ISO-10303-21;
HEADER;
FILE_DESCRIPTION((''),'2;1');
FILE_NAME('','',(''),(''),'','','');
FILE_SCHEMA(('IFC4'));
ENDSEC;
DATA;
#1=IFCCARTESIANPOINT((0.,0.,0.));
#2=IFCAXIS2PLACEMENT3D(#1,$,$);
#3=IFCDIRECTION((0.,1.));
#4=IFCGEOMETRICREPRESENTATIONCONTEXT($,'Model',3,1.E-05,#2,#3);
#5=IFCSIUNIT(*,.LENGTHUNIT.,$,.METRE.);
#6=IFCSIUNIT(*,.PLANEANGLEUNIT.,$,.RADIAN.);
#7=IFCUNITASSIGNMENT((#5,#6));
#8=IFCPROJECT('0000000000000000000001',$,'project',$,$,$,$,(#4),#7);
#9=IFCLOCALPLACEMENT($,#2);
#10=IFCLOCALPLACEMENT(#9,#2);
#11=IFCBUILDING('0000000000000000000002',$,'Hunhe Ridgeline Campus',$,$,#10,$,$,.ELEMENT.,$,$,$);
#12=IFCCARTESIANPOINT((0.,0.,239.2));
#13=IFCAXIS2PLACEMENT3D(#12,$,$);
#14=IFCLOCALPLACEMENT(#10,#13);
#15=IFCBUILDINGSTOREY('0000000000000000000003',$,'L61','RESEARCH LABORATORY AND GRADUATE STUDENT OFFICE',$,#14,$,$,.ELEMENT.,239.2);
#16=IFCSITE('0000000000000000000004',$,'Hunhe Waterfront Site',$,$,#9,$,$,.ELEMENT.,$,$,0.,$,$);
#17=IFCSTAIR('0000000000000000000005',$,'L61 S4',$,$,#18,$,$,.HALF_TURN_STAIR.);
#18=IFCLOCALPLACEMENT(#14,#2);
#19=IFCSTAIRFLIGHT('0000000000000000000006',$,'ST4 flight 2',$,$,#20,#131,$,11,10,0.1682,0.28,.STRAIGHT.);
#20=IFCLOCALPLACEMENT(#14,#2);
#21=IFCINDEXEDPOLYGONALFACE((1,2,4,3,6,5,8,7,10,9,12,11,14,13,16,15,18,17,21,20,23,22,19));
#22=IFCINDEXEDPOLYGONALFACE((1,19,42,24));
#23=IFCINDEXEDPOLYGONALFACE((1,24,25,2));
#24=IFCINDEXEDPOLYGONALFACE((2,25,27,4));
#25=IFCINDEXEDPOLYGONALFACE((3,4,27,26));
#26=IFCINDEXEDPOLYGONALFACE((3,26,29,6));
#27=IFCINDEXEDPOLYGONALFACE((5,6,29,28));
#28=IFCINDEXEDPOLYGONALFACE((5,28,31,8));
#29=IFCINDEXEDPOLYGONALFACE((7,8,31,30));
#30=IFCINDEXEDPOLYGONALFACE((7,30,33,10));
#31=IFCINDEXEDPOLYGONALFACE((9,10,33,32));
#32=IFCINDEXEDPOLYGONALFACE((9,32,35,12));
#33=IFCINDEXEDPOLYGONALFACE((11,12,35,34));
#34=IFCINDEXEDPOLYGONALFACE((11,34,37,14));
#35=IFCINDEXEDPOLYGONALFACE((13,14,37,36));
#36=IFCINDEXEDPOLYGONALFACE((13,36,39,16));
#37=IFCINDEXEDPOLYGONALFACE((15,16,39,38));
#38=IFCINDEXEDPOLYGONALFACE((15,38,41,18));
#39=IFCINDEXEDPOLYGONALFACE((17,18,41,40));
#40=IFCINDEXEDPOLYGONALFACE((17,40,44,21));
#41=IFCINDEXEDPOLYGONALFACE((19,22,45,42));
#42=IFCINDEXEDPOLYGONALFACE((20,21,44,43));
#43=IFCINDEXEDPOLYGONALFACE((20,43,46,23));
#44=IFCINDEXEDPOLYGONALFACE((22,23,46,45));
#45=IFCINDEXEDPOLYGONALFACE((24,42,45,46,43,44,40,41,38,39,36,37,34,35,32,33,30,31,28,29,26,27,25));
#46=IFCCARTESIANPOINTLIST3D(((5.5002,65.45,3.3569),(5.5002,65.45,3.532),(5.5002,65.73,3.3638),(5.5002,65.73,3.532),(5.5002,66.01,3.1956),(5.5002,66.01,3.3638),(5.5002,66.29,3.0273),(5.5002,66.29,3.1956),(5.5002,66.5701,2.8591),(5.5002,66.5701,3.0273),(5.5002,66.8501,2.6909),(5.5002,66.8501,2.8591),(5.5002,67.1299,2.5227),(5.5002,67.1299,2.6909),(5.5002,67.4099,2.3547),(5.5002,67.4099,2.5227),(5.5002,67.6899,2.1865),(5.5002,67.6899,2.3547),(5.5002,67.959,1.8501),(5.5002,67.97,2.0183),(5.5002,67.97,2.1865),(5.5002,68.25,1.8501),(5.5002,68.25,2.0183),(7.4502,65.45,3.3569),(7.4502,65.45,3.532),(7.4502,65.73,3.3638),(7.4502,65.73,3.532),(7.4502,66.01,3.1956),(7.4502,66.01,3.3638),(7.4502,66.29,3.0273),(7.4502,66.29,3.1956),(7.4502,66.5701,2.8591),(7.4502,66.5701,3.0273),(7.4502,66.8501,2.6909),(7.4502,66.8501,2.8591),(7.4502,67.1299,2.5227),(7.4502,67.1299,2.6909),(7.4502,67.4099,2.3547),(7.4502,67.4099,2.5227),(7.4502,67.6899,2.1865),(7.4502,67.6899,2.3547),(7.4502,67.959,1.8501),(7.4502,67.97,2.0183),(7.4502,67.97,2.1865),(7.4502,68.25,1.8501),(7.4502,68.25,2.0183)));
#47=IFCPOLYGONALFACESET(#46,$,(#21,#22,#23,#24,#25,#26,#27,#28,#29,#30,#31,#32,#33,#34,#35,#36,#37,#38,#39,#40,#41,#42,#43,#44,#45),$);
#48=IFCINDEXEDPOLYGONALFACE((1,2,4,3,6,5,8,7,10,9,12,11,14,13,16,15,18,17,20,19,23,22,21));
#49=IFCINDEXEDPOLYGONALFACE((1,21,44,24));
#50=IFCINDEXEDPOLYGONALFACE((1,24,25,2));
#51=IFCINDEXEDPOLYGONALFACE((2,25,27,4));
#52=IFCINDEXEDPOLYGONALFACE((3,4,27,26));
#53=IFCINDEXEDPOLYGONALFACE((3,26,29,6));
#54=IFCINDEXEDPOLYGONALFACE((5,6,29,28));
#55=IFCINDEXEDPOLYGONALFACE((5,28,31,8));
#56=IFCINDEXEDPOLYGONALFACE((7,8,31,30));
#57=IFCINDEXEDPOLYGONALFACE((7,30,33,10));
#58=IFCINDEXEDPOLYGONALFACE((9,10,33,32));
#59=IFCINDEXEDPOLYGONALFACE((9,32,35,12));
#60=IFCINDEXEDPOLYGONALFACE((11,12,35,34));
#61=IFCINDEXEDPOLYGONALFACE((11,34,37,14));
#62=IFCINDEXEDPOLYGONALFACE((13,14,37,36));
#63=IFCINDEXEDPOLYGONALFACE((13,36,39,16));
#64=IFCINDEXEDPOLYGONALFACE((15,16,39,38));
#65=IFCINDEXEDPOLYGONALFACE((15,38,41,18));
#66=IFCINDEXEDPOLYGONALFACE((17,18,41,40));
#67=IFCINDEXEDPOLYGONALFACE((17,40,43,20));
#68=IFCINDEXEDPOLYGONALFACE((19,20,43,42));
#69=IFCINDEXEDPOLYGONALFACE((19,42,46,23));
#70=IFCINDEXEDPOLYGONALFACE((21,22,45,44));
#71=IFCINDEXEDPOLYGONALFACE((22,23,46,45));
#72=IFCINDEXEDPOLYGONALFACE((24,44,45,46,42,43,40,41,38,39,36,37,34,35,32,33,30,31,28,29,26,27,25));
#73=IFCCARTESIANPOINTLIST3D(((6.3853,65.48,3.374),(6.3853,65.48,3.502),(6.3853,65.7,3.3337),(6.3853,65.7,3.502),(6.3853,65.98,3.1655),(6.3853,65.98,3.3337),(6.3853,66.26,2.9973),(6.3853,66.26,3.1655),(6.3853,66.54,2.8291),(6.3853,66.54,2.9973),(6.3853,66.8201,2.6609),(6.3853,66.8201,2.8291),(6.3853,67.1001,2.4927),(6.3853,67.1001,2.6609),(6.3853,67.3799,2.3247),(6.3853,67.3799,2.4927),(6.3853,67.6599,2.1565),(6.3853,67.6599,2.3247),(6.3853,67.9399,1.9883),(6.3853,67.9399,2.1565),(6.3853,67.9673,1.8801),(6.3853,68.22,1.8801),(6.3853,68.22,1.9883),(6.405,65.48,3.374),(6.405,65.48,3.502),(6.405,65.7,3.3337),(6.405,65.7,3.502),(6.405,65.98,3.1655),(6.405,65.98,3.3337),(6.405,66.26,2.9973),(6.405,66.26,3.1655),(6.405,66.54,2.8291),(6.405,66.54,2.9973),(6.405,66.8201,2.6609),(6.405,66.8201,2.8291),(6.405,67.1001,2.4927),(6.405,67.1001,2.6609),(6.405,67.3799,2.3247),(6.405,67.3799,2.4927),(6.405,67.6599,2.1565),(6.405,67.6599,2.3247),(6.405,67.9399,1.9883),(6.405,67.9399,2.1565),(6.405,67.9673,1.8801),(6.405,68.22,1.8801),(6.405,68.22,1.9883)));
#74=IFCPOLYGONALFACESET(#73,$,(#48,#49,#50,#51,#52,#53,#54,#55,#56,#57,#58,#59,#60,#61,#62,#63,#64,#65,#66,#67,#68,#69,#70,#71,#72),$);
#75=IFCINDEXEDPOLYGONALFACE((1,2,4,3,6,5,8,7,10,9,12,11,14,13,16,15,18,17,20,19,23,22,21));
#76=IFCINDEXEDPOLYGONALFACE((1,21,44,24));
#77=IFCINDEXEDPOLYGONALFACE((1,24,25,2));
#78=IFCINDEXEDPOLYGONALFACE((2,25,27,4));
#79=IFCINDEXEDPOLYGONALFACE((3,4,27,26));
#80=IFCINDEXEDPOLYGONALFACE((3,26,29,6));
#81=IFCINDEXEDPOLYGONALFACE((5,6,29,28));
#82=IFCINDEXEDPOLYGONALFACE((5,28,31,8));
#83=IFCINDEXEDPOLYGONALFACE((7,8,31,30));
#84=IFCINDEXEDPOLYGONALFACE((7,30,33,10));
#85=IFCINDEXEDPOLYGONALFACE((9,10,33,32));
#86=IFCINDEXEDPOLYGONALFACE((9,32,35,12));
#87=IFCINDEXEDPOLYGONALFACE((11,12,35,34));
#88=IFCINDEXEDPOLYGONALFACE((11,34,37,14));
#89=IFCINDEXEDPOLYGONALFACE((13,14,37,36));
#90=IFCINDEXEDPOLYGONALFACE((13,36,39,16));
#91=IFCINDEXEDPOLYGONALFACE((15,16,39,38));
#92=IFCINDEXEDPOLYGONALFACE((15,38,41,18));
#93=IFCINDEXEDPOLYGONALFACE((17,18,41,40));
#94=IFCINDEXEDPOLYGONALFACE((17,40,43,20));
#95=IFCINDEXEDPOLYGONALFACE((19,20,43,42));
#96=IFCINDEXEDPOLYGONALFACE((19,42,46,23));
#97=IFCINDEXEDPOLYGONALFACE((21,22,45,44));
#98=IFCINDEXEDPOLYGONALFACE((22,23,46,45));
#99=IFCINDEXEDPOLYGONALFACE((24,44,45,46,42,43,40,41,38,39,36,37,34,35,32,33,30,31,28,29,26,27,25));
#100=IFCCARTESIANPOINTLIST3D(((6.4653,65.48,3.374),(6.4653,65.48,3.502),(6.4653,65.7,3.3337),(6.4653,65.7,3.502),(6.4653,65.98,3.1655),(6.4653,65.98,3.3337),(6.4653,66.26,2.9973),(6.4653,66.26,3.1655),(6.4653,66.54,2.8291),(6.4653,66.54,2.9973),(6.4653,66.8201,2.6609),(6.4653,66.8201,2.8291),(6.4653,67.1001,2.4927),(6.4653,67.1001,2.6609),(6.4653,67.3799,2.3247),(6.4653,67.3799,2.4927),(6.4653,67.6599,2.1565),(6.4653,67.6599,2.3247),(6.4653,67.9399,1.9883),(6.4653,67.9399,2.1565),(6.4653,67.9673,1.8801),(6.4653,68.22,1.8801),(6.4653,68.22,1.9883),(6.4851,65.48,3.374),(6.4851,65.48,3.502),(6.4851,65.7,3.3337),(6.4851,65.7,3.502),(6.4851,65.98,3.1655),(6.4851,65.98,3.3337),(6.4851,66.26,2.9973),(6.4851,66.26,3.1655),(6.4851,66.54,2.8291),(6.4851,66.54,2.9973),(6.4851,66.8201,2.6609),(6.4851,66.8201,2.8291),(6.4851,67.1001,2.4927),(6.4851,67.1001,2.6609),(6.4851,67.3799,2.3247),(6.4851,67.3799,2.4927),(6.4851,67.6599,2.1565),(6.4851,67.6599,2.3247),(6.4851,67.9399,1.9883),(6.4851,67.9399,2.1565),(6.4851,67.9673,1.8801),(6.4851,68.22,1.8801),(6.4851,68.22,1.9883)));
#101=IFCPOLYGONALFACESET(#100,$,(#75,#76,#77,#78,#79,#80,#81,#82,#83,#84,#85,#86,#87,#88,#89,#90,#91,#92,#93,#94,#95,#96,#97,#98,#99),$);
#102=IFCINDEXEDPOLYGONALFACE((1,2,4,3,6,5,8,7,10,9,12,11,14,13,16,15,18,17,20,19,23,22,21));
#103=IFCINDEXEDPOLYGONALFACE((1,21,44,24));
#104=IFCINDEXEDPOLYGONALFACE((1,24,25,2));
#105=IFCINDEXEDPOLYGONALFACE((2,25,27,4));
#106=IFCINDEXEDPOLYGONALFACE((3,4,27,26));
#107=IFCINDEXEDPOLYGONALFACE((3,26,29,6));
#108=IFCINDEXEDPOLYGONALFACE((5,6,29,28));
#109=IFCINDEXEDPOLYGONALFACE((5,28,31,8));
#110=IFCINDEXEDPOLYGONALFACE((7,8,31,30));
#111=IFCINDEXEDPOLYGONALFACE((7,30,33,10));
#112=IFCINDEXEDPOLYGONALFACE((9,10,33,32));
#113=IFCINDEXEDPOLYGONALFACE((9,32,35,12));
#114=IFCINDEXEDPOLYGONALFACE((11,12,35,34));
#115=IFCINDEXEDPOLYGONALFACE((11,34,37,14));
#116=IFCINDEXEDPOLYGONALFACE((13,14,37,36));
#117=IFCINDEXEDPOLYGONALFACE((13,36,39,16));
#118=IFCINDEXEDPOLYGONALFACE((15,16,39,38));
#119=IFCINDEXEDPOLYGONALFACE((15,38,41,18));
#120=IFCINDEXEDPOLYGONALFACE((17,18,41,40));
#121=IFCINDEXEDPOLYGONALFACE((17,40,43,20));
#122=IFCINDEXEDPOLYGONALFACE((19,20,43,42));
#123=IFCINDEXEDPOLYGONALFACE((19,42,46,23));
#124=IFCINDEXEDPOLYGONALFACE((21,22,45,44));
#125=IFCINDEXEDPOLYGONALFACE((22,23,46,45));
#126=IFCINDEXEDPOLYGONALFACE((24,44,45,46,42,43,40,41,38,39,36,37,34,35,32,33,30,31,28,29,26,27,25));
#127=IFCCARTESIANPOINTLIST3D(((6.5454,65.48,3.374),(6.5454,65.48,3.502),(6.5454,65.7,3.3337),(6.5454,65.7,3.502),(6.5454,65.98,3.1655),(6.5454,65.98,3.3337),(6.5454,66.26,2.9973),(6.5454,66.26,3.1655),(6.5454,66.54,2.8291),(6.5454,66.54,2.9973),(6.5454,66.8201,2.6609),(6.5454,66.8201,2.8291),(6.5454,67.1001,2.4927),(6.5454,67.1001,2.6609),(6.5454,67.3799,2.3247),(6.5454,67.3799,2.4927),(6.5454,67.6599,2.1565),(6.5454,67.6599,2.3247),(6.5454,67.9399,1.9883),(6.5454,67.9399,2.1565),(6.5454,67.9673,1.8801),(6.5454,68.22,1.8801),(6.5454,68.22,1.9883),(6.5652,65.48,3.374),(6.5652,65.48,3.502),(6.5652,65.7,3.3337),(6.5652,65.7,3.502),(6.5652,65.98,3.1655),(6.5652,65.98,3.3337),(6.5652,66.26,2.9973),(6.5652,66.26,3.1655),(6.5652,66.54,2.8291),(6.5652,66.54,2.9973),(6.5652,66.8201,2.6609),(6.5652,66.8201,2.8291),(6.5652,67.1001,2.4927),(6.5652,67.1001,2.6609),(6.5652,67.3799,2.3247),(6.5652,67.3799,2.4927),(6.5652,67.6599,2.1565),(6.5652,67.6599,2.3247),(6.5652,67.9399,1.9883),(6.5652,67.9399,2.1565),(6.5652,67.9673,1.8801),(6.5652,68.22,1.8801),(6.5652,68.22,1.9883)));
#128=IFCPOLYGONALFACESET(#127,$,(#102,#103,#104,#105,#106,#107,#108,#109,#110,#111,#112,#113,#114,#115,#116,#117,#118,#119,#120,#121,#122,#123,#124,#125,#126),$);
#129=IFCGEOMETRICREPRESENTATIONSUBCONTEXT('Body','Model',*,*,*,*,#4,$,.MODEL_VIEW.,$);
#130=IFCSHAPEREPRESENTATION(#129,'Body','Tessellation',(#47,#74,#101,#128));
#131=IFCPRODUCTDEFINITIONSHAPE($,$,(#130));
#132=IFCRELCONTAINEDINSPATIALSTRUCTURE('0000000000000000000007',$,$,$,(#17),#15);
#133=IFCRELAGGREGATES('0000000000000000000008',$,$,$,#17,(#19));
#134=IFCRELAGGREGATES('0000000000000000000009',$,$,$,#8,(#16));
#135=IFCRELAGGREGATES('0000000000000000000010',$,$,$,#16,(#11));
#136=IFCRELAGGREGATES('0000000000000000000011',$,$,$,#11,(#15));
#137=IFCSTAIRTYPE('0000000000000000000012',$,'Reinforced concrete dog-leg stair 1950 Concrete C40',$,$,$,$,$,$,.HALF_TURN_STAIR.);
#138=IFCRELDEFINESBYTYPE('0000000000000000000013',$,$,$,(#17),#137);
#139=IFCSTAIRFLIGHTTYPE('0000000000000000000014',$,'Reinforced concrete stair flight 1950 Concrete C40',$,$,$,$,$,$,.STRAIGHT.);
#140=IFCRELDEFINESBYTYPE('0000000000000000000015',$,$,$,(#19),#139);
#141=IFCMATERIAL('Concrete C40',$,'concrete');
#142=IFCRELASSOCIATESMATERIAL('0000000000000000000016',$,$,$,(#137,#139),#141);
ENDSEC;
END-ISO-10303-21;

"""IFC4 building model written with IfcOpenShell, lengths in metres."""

from ifc_helpers import new_model, si_unit, direction, frame, origin, place, context, subcontext, project, spatial, polyline, outline, extrude, material, type_object, element, aggregate, save


model = new_model("IFC4")

# Units and contexts
model_context = context("Model", 3, precision=1e-05, world=origin(), true_north=direction((0.0, 1.0)))
body_context = subcontext(model_context, "Body", "Model", "MODEL_VIEW")
ifc_project = project(units=[si_unit("LENGTHUNIT", "METRE"), si_unit("PLANEANGLEUNIT", "RADIAN")], contexts=[model_context])

# Site, building, storey
site_placement = place(None, origin())
site = spatial("IfcSite", under=ifc_project, at=site_placement, Name="Hunhe Waterfront Site", CompositionType="ELEMENT", RefElevation=0.0)
building_placement = place(site_placement, origin())
building = spatial("IfcBuilding", under=site, at=building_placement, Name="Hunhe Ridgeline Campus", CompositionType="ELEMENT")
storey_placement = place(building_placement, frame((0.0, 0.0, 239.2)))
storey = spatial("IfcBuildingStorey", under=building, at=storey_placement, Name="L61", Description="RESEARCH LABORATORY AND GRADUATE STUDENT OFFICE", CompositionType="ELEMENT", Elevation=239.2)

# Stair, stair flight
ifc_material_1 = material(Name="Concrete C40", Category="concrete")
stair_type = type_object("IfcStairType", Name="Reinforced concrete dog-leg stair 1950 Concrete C40", PredefinedType="HALF_TURN_STAIR", material=ifc_material_1)
stair_flight_type = type_object("IfcStairFlightType", Name="Reinforced concrete stair flight 1950 Concrete C40", PredefinedType="STRAIGHT", material=ifc_material_1)
stair_1_placement = place(storey_placement, origin())
stair_1 = element("IfcStair", 1, at=stair_1_placement, inside=storey, type_object=stair_type, Name="L61 S4", PredefinedType="HALF_TURN_STAIR")
stair_flight_1_placement = place(storey_placement, frame((6.4751, 68.25, 1.8501), z_axis=(0.0, 0.0, 1.0), x_axis=(0.0, -1.0, 0.0)))
stair_flight_1 = element("IfcStairFlight", 2, at=stair_flight_1_placement, type_object=stair_flight_type, Name="ST4 flight 2", NumberOfRisers=11, NumberOfTreads=10, PredefinedType="STRAIGHT", RiserHeight=0.1682, TreadLength=0.28, context=body_context, shape_type="SweptSolid", body=[
    extrude(outline(polyline([(0.0, 0.0), (0.0, 0.1682), (0.28, 0.1682), (0.28, 0.3364), (0.5601, 0.3364), (0.5601, 0.5046), (0.8401, 0.5046), (0.8401, 0.6726), (1.1201, 0.6726), (1.1201, 0.8408), (1.3999, 0.8408), (1.3999, 1.009), (1.6799, 1.009), (1.6799, 1.1772), (1.96, 1.1772), (1.96, 1.3455), (2.24, 1.3455), (2.24, 1.5137), (2.52, 1.5137), (2.52, 1.6819), (2.8, 1.6819), (2.8, 1.8501), (2.8, 1.5068), (0.291, 0.0), (0.0, 0.0)])), frame((0.0, 0.9751, 0.0), z_axis=(0.0, -1.0, 0.0), x_axis=(1.0, 0.0, 0.0)), (0.0, 0.0, 1.0), 1.95),
    extrude(outline(polyline([(0.03, 0.03), (0.03, 0.1382), (0.3101, 0.1382), (0.3101, 0.3064), (0.5901, 0.3064), (0.5901, 0.4746), (0.8701, 0.4746), (0.8701, 0.6426), (1.1499, 0.6426), (1.1499, 0.8108), (1.4299, 0.8108), (1.4299, 0.979), (1.71, 0.979), (1.71, 1.1472), (1.99, 1.1472), (1.99, 1.3154), (2.27, 1.3154), (2.27, 1.4836), (2.55, 1.4836), (2.55, 1.6519), (2.77, 1.6519), (2.77, 1.5239), (0.2827, 0.03), (0.03, 0.03)])), frame((0.0, -0.0701, 0.0), z_axis=(0.0, -1.0, 0.0), x_axis=(1.0, 0.0, 0.0)), (0.0, 0.0, 1.0), 0.0198),
    extrude(outline(polyline([(0.03, 0.03), (0.03, 0.1382), (0.3101, 0.1382), (0.3101, 0.3064), (0.5901, 0.3064), (0.5901, 0.4746), (0.8701, 0.4746), (0.8701, 0.6426), (1.1499, 0.6426), (1.1499, 0.8108), (1.4299, 0.8108), (1.4299, 0.979), (1.71, 0.979), (1.71, 1.1472), (1.99, 1.1472), (1.99, 1.3154), (2.27, 1.3154), (2.27, 1.4836), (2.55, 1.4836), (2.55, 1.6519), (2.77, 1.6519), (2.77, 1.5239), (0.2827, 0.03), (0.03, 0.03)])), frame((0.0, 0.01, 0.0), z_axis=(0.0, -1.0, 0.0), x_axis=(1.0, 0.0, 0.0)), (0.0, 0.0, 1.0), 0.0198),
    extrude(outline(polyline([(0.03, 0.03), (0.03, 0.1382), (0.3101, 0.1382), (0.3101, 0.3064), (0.5901, 0.3064), (0.5901, 0.4746), (0.8701, 0.4746), (0.8701, 0.6426), (1.1499, 0.6426), (1.1499, 0.8108), (1.4299, 0.8108), (1.4299, 0.979), (1.71, 0.979), (1.71, 1.1472), (1.99, 1.1472), (1.99, 1.3154), (2.27, 1.3154), (2.27, 1.4836), (2.55, 1.4836), (2.55, 1.6519), (2.77, 1.6519), (2.77, 1.5239), (0.2827, 0.03), (0.03, 0.03)])), frame((0.0, 0.0901, 0.0), z_axis=(0.0, -1.0, 0.0), x_axis=(1.0, 0.0, 0.0)), (0.0, 0.0, 1.0), 0.0198),
])
aggregate(stair_1, [stair_flight_1])

save(model, "model.ifc")
